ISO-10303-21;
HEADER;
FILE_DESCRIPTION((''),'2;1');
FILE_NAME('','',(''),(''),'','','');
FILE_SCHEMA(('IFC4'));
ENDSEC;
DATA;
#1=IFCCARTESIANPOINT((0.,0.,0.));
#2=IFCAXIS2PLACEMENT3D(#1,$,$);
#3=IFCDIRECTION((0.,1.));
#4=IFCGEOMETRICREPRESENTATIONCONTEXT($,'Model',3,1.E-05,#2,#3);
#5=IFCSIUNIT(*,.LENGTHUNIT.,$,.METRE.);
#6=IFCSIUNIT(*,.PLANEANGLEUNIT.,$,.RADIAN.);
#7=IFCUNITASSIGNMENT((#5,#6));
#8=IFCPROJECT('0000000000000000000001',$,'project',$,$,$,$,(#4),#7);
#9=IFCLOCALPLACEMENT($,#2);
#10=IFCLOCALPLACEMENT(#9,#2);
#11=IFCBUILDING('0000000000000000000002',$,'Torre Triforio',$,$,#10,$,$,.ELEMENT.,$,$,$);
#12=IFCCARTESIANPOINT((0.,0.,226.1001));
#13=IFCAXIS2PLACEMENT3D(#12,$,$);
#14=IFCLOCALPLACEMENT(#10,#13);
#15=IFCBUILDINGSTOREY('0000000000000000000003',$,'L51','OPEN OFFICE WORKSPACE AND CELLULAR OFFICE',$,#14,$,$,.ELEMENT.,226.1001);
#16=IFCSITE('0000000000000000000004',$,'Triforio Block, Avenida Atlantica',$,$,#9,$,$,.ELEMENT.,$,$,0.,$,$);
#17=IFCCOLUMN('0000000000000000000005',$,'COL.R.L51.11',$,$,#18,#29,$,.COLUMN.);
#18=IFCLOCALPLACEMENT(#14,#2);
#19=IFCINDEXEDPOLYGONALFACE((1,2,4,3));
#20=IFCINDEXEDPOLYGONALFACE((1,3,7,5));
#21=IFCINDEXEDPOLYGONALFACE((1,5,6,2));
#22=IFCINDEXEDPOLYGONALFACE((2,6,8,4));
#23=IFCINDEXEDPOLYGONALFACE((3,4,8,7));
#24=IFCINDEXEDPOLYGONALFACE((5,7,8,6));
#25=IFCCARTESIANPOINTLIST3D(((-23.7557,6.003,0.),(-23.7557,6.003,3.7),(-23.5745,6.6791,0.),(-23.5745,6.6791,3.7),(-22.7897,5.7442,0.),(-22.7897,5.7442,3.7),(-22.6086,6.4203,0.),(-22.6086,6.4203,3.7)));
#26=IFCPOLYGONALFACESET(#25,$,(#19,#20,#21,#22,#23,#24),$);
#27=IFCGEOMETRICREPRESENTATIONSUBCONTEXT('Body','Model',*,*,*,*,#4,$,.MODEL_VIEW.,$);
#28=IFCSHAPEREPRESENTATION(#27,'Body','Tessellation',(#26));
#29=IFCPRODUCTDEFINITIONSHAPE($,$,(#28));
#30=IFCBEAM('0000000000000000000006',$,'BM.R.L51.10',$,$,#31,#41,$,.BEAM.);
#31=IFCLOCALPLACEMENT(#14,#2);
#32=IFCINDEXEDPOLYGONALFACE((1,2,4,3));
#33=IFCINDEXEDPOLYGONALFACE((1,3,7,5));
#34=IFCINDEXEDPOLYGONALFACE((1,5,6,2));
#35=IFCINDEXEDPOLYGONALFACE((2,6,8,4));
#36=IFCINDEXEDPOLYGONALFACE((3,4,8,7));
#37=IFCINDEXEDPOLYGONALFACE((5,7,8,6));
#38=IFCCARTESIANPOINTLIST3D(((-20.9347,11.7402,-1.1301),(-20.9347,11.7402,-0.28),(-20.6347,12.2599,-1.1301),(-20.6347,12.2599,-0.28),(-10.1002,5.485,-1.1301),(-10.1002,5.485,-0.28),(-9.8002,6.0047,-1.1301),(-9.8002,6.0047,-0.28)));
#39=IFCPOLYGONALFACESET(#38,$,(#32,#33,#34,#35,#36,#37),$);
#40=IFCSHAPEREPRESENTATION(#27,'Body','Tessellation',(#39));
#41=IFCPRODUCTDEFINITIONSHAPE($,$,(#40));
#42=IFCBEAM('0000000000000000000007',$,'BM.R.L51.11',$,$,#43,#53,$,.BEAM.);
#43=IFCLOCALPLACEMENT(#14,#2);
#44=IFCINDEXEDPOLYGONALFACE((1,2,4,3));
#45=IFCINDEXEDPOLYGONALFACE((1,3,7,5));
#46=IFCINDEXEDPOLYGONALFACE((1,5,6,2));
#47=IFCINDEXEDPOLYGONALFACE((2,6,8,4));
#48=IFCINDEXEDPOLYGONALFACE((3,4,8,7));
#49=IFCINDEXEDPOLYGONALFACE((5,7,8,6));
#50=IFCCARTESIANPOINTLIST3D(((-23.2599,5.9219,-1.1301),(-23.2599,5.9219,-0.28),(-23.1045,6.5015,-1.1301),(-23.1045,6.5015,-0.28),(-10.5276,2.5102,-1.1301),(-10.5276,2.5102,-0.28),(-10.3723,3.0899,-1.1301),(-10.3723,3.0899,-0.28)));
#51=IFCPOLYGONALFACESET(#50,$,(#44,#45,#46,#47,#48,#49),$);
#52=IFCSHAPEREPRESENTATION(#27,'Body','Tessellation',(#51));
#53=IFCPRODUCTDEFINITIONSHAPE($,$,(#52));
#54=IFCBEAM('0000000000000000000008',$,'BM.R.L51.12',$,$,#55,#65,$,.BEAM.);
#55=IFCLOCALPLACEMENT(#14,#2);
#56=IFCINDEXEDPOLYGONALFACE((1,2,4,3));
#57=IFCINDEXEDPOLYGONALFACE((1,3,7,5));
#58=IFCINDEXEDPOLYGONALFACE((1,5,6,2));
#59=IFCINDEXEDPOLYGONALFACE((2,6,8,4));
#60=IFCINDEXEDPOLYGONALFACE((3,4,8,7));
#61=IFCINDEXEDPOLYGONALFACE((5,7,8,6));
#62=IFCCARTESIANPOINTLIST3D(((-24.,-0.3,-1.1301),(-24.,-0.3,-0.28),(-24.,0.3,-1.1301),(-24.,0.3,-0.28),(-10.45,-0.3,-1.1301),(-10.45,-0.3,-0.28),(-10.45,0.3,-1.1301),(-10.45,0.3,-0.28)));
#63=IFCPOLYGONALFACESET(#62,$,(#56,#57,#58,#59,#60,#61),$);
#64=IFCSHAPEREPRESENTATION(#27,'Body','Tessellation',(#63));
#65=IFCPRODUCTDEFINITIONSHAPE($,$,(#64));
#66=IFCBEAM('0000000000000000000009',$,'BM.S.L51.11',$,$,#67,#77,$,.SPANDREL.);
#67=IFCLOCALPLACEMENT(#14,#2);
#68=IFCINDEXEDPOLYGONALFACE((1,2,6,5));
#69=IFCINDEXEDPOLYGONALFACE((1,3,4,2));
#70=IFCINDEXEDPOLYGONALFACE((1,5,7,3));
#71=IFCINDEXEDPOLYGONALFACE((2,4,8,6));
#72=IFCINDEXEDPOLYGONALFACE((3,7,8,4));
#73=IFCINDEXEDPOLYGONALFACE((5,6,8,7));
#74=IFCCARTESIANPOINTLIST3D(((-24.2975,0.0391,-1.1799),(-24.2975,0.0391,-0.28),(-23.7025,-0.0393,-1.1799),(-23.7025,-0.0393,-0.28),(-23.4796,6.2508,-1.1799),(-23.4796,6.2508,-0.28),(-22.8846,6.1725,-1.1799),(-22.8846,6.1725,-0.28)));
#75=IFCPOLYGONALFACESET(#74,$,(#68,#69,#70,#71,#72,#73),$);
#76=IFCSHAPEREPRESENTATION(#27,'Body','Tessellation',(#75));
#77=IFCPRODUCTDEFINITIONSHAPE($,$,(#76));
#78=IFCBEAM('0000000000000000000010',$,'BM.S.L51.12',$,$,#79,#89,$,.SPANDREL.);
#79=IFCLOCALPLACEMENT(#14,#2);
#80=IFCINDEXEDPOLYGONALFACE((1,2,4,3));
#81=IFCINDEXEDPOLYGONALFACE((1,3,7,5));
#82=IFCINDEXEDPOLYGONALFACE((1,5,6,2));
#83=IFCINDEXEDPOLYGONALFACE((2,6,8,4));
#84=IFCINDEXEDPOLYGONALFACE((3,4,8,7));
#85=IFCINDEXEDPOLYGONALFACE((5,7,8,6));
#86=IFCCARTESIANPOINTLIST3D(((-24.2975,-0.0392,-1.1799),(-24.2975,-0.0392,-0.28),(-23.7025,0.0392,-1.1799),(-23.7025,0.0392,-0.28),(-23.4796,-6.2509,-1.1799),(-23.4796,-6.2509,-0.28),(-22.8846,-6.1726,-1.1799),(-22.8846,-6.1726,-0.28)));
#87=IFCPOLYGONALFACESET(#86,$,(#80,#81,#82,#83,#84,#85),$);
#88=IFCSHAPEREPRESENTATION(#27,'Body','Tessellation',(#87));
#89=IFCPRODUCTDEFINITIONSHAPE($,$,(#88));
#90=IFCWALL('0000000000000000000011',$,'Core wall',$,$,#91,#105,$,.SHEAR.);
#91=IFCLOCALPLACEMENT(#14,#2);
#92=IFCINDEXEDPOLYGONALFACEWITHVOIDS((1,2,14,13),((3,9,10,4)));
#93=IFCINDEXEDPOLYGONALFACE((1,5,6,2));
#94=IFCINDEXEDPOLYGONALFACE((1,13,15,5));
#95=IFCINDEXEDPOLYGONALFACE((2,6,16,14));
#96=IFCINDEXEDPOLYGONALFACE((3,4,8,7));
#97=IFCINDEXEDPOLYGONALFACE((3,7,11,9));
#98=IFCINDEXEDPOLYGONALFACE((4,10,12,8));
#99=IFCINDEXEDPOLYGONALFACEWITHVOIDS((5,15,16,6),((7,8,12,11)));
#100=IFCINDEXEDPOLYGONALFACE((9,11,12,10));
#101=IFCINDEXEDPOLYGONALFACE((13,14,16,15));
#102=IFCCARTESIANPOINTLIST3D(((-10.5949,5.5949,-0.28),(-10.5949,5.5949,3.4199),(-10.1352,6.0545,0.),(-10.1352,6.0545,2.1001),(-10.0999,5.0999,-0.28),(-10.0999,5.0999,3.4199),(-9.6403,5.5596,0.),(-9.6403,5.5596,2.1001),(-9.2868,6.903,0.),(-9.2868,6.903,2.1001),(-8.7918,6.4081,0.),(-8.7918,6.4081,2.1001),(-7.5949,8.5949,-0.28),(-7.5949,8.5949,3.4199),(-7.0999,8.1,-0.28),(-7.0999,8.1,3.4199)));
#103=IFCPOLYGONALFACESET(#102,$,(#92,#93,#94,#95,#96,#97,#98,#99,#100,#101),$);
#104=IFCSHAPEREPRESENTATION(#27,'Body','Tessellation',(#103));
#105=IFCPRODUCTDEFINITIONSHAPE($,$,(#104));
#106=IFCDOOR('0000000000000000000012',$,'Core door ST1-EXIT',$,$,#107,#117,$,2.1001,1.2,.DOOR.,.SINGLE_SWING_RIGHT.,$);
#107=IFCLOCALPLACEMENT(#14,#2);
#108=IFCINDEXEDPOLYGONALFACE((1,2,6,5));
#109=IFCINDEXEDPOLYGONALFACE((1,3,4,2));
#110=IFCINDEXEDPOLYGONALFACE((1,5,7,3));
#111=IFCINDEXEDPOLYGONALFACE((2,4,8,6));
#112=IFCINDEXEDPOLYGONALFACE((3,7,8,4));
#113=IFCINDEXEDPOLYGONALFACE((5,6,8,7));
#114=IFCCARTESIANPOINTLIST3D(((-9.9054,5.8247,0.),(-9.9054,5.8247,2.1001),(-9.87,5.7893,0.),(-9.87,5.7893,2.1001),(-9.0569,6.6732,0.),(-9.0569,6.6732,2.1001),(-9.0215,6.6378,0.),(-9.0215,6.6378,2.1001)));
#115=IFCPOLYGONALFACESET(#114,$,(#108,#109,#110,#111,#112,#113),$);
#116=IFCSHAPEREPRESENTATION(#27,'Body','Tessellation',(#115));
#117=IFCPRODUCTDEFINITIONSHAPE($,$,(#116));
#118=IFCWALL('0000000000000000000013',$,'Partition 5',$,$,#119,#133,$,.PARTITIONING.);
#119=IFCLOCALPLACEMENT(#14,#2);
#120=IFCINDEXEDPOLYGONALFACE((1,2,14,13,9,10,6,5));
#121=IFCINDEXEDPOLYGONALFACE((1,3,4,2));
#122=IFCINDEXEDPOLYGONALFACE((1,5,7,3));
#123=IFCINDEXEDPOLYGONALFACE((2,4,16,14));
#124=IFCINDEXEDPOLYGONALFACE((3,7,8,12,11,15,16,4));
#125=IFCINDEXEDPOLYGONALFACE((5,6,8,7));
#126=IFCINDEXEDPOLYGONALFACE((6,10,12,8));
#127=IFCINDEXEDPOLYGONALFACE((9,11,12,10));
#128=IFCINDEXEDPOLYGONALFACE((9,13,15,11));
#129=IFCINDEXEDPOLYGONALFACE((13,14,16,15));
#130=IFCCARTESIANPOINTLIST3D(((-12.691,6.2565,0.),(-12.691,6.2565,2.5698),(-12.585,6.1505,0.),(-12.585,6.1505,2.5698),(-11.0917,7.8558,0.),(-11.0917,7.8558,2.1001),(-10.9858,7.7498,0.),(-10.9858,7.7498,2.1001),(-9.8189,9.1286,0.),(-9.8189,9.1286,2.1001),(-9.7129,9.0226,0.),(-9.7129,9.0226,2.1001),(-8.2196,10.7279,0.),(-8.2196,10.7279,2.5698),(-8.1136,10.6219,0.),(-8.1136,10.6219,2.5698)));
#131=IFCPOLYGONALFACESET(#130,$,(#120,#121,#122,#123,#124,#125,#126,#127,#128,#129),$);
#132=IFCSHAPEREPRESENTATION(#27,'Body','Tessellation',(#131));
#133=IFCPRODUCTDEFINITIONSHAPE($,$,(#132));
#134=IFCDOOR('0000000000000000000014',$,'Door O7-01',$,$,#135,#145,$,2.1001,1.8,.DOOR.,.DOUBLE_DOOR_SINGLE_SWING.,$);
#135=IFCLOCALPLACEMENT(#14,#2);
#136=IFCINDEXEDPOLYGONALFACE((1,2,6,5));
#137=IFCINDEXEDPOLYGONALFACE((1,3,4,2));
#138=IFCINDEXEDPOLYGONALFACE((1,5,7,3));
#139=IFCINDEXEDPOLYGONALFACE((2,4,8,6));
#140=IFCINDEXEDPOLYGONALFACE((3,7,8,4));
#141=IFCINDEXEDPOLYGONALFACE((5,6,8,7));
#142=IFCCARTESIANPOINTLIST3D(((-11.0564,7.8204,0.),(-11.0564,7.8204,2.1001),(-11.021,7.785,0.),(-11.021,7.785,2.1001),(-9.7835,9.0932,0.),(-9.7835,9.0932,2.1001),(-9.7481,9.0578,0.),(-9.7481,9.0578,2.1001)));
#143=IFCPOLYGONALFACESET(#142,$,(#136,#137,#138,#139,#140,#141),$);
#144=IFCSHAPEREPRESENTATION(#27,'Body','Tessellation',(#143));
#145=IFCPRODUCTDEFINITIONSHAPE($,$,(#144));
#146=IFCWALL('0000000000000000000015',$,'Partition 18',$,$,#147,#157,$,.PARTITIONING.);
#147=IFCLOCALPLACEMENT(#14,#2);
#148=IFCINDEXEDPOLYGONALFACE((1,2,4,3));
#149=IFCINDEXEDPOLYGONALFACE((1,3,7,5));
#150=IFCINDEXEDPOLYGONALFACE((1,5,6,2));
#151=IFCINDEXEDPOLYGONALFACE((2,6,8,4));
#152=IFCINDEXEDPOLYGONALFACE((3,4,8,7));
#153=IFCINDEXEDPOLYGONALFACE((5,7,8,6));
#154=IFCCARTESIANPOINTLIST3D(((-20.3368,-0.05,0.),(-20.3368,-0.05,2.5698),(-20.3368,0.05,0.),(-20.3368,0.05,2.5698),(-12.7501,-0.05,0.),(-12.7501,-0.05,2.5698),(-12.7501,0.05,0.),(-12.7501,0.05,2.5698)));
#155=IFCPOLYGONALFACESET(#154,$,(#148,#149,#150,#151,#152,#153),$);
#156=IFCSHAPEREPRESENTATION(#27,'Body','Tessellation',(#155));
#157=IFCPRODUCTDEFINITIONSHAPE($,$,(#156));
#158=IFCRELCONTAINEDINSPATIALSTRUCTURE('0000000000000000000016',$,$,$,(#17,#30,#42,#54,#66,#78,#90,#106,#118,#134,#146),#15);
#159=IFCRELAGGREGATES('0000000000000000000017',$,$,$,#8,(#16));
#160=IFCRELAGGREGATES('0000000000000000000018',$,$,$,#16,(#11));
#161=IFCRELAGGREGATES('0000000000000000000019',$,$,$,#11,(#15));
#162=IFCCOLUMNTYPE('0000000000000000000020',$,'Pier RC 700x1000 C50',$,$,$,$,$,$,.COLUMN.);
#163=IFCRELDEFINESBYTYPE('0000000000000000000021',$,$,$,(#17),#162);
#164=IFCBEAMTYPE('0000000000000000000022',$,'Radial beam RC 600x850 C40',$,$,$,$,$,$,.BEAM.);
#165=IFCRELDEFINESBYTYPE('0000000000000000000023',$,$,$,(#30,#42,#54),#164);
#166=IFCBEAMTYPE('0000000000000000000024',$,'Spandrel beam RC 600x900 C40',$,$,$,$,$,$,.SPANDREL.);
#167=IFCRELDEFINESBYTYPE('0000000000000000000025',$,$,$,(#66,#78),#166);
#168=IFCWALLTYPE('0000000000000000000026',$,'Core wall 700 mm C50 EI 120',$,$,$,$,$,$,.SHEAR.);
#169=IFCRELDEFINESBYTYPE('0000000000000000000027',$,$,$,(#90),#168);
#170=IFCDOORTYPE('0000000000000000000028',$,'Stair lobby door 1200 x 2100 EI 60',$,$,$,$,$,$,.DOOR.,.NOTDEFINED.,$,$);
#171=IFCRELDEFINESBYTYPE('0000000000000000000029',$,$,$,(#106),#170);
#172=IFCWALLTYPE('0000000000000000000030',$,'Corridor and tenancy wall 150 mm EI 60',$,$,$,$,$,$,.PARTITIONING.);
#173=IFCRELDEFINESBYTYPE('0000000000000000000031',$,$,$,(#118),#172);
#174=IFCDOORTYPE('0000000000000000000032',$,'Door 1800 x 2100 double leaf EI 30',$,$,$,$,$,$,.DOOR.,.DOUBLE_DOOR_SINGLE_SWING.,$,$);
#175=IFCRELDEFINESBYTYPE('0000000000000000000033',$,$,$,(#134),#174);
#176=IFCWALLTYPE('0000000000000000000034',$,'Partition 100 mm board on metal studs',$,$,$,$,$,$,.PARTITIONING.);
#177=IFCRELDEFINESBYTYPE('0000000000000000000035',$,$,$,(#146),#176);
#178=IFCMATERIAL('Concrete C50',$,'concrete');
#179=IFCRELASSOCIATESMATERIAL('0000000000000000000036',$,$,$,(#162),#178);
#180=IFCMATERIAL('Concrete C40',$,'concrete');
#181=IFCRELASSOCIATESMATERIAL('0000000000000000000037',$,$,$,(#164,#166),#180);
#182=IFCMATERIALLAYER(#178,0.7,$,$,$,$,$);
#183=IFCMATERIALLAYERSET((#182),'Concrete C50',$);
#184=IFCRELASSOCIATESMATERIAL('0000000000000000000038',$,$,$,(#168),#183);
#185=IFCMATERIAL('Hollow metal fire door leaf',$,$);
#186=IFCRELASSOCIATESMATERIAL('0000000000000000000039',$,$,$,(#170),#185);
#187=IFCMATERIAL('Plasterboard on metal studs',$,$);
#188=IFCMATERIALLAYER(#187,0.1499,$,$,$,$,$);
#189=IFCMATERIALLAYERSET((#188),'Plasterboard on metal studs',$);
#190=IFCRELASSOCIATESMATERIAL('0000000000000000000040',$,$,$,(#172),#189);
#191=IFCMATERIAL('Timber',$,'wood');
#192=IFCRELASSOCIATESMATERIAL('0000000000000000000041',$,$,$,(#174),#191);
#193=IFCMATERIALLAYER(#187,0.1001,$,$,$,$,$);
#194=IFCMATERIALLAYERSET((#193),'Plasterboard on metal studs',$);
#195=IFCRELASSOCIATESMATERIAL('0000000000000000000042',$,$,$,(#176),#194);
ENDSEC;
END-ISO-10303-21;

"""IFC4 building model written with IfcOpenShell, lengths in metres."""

from ifc_helpers import new_model, si_unit, direction, frame, frame_2d, origin, origin_2d, place, context, subcontext, project, spatial, rectangle, extrude, material, layer, layer_set, material_profile, profile_set, type_object, element, fill, save


model = new_model("IFC4")

# Units and contexts
model_context = context("Model", 3, precision=1e-05, world=origin(), true_north=direction((0.0, 1.0)))
body_context = subcontext(model_context, "Body", "Model", "MODEL_VIEW")
ifc_project = project(units=[si_unit("LENGTHUNIT", "METRE"), si_unit("PLANEANGLEUNIT", "RADIAN")], contexts=[model_context])

# Site, building, storey
site_placement = place(None, origin())
site = spatial("IfcSite", under=ifc_project, at=site_placement, Name="Triforio Block, Avenida Atlantica", CompositionType="ELEMENT", RefElevation=0.0)
building_placement = place(site_placement, origin())
building = spatial("IfcBuilding", under=site, at=building_placement, Name="Torre Triforio", CompositionType="ELEMENT")
storey_placement = place(building_placement, frame((0.0, 0.0, 226.1001)))
storey = spatial("IfcBuildingStorey", under=building, at=storey_placement, Name="L51", Description="OPEN OFFICE WORKSPACE AND CELLULAR OFFICE", CompositionType="ELEMENT", Elevation=226.1001)

# Column
ifc_material_1 = material(Name="Concrete C50", Category="concrete")
ifc_material_profile_1 = material_profile(ifc_material_1, rectangle(XDim=0.7, YDim=1.0, at=origin_2d()), Name="RC 700x1000")
ifc_profile_set_1 = profile_set([ifc_material_profile_1], Name="Concrete C50")
column_type = type_object("IfcColumnType", Name="Pier RC 700x1000 C50", PredefinedType="COLUMN", material=ifc_profile_set_1)
column_placement = place(storey_placement, frame((-23.1821, 6.2117, 0.0), z_axis=(0.0, 0.0, 1.0), x_axis=(-0.258819, -0.965926, 0.0)))
element("IfcColumn", 1, at=column_placement, inside=storey, type_object=column_type, Name="COL.R.L51.11", PredefinedType="COLUMN", context=body_context, shape_type="SweptSolid", body=[
    extrude(rectangle(XDim=0.7, YDim=1.0, at=origin_2d()), origin(), (0.0, 0.0, 1.0), 3.7),
])

# Beams
ifc_material_2 = material(Name="Concrete C40", Category="concrete")
ifc_material_profile_2 = material_profile(ifc_material_2, rectangle(XDim=0.6001, YDim=0.8501, at=origin_2d()), Name="RC 600x850")
ifc_profile_set_2 = profile_set([ifc_material_profile_2], Name="Concrete C40")
beam_type_1 = type_object("IfcBeamType", Name="Radial beam RC 600x850 C40", PredefinedType="BEAM", material=ifc_profile_set_2)
beam_1_placement = place(storey_placement, frame((-9.9502, 5.7449, -0.7051), z_axis=(-0.866031, 0.49999, 0.0), x_axis=(-0.49999, -0.866031, 0.0)))
element("IfcBeam", 2, at=beam_1_placement, inside=storey, type_object=beam_type_1, Name="BM.R.L51.10", PredefinedType="BEAM", context=body_context, shape_type="SweptSolid", body=[
    extrude(rectangle(XDim=0.6001, YDim=0.8501, at=origin_2d()), origin(), (0.0, 0.0, 1.0), 12.5105),
])
beam_2_placement = place(storey_placement, frame((-10.45, 2.8, -0.7051), z_axis=(-0.965925, 0.258822, 0.0), x_axis=(-0.258822, -0.965925, 0.0)))
element("IfcBeam", 3, at=beam_2_placement, inside=storey, type_object=beam_type_1, Name="BM.R.L51.11", PredefinedType="BEAM", context=body_context, shape_type="SweptSolid", body=[
    extrude(rectangle(XDim=0.6001, YDim=0.8501, at=origin_2d()), origin(), (0.0, 0.0, 1.0), 13.1814),
])
beam_3_placement = place(storey_placement, frame((-10.45, 0.0, -0.7051), z_axis=(-1.0, 0.0, 0.0), x_axis=(0.0, -1.0, 0.0)))
element("IfcBeam", 4, at=beam_3_placement, inside=storey, type_object=beam_type_1, Name="BM.R.L51.12", PredefinedType="BEAM", context=body_context, shape_type="SweptSolid", body=[
    extrude(rectangle(XDim=0.6001, YDim=0.8501, at=origin_2d()), origin(), (0.0, 0.0, 1.0), 13.55),
])
ifc_material_profile_3 = material_profile(ifc_material_2, rectangle(XDim=0.6001, YDim=0.8999, at=origin_2d()), Name="RC 600x900")
ifc_profile_set_3 = profile_set([ifc_material_profile_3], Name="Concrete C40")
beam_type_2 = type_object("IfcBeamType", Name="Spandrel beam RC 600x900 C40", PredefinedType="SPANDREL", material=ifc_profile_set_3)
for number, where, z_axis, x_axis, name in (
    (5, (-23.1821, 6.2117, -0.73), (-0.13054, -0.991443, 0.0), (0.991443, -0.13054, 0.0), "BM.S.L51.11"),
    (6, (-24.0, 0.0, -0.73), (0.13054, -0.991443, 0.0), (0.991443, 0.13054, 0.0), "BM.S.L51.12"),
):
    element("IfcBeam", number, at=place(storey_placement, frame(where, z_axis=z_axis, x_axis=x_axis)), inside=storey, type_object=beam_type_2, Name=name, PredefinedType="SPANDREL", context=body_context, shape_type="SweptSolid", body=[
        extrude(rectangle(XDim=0.6001, YDim=0.8999, at=origin_2d()), origin(), (0.0, 0.0, 1.0), 6.2654),
    ])

# Walls, openings, doors
ifc_layer_1 = layer(ifc_material_1, 0.7)
ifc_layer_set_1 = layer_set([ifc_layer_1], Name="Concrete C50")
wall_type_1 = type_object("IfcWallType", Name="Core wall 700 mm C50 EI 120", PredefinedType="SHEAR", material=ifc_layer_set_1)
wall_1_placement = place(storey_placement, frame((-10.3474, 5.3474, -0.28), z_axis=(0.0, 0.0, 1.0), x_axis=(0.707107, 0.707107, 0.0)))
wall_1 = element("IfcWall", 7, at=wall_1_placement, inside=storey, type_object=wall_type_1, Name="Core wall", PredefinedType="SHEAR", context=body_context, shape_type="SweptSolid", body=[
    extrude(rectangle(XDim=4.2427, YDim=0.7, at=frame_2d((2.1213, 0.0))), origin(), (0.0, 0.0, 1.0), 3.7),
])
opening_1_placement = place(wall_1_placement, frame((0.6499, 0.0, 0.28)))
opening_1 = element("IfcOpeningElement", 8, at=opening_1_placement, cuts=wall_1, PredefinedType="OPENING", context=body_context, shape_type="SweptSolid", body=[
    extrude(rectangle(XDim=1.2, YDim=2.1001, at=frame_2d((0.6001, 1.05))), frame((0.0, 0.3599, 0.0), z_axis=(0.0, -1.0, 0.0), x_axis=(1.0, 0.0, 0.0)), (0.0, 0.0, 1.0), 0.72),
])
ifc_material_3 = material(Name="Hollow metal fire door leaf")
door_type_1 = type_object("IfcDoorType", Name="Stair lobby door 1200 x 2100 EI 60", OperationType="NOTDEFINED", PredefinedType="DOOR", material=ifc_material_3)
door_1_placement = place(opening_1_placement, origin())
door_1 = element("IfcDoor", 9, at=door_1_placement, inside=storey, type_object=door_type_1, Name="Core door ST1-EXIT", OperationType="SINGLE_SWING_RIGHT", OverallHeight=2.1001, OverallWidth=1.2, PredefinedType="DOOR", context=body_context, shape_type="SweptSolid", body=[
    extrude(rectangle(XDim=1.2, YDim=2.1001, at=frame_2d((0.6001, 1.05))), frame((0.0, 0.0249, 0.0), z_axis=(0.0, -1.0, 0.0), x_axis=(1.0, 0.0, 0.0)), (0.0, 0.0, 1.0), 0.05),
])
fill(opening_1, door_1)
ifc_material_4 = material(Name="Plasterboard on metal studs")
ifc_layer_2 = layer(ifc_material_4, 0.1499)
ifc_layer_set_2 = layer_set([ifc_layer_2], Name="Plasterboard on metal studs")
wall_type_2 = type_object("IfcWallType", Name="Corridor and tenancy wall 150 mm EI 60", PredefinedType="PARTITIONING", material=ifc_layer_set_2)
wall_2_placement = place(storey_placement, frame((-12.6379, 6.2036, 0.0), z_axis=(0.0, 0.0, 1.0), x_axis=(0.707107, 0.707107, 0.0)))
wall_2 = element("IfcWall", 10, at=wall_2_placement, inside=storey, type_object=wall_type_2, Name="Partition 5", PredefinedType="PARTITIONING", context=body_context, shape_type="SweptSolid", body=[
    extrude(rectangle(XDim=6.3235, YDim=0.1499, at=frame_2d((3.1616, 0.0))), origin(), (0.0, 0.0, 1.0), 2.5698),
])
opening_2_placement = place(wall_2_placement, frame((2.2617, 0.0, 0.0)))
opening_2 = element("IfcOpeningElement", 11, at=opening_2_placement, cuts=wall_2, PredefinedType="OPENING", context=body_context, shape_type="SweptSolid", body=[
    extrude(rectangle(XDim=1.8, YDim=2.1001, at=frame_2d((0.8999, 1.05))), frame((0.0, 0.085, 0.0), z_axis=(0.0, -1.0, 0.0), x_axis=(1.0, 0.0, 0.0)), (0.0, 0.0, 1.0), 0.1699),
])
ifc_material_5 = material(Name="Timber", Category="wood")
door_type_2 = type_object("IfcDoorType", Name="Door 1800 x 2100 double leaf EI 30", OperationType="DOUBLE_DOOR_SINGLE_SWING", PredefinedType="DOOR", material=ifc_material_5)
door_2_placement = place(opening_2_placement, origin())
door_2 = element("IfcDoor", 12, at=door_2_placement, inside=storey, type_object=door_type_2, Name="Door O7-01", OperationType="DOUBLE_DOOR_SINGLE_SWING", OverallHeight=2.1001, OverallWidth=1.8, PredefinedType="DOOR", context=body_context, shape_type="SweptSolid", body=[
    extrude(rectangle(XDim=1.8, YDim=2.1001, at=frame_2d((0.8999, 1.05))), frame((0.0, 0.0249, 0.0), z_axis=(0.0, -1.0, 0.0), x_axis=(1.0, 0.0, 0.0)), (0.0, 0.0, 1.0), 0.05),
])
fill(opening_2, door_2)

# Wall
ifc_layer_3 = layer(ifc_material_4, 0.1001)
ifc_layer_set_3 = layer_set([ifc_layer_3], Name="Plasterboard on metal studs")
wall_type_3 = type_object("IfcWallType", Name="Partition 100 mm board on metal studs", PredefinedType="PARTITIONING", material=ifc_layer_set_3)
wall_3_placement = place(storey_placement, frame((-12.75, 0.0, 0.0), z_axis=(0.0, 0.0, 1.0), x_axis=(-1.0, 0.0, 0.0)))
element("IfcWall", 13, at=wall_3_placement, inside=storey, type_object=wall_type_3, Name="Partition 18", PredefinedType="PARTITIONING", context=body_context, shape_type="SweptSolid", body=[
    extrude(rectangle(XDim=7.5867, YDim=0.1001, at=frame_2d((3.7935, 0.0))), origin(), (0.0, 0.0, 1.0), 2.5698),
])

save(model, "model.ifc")
